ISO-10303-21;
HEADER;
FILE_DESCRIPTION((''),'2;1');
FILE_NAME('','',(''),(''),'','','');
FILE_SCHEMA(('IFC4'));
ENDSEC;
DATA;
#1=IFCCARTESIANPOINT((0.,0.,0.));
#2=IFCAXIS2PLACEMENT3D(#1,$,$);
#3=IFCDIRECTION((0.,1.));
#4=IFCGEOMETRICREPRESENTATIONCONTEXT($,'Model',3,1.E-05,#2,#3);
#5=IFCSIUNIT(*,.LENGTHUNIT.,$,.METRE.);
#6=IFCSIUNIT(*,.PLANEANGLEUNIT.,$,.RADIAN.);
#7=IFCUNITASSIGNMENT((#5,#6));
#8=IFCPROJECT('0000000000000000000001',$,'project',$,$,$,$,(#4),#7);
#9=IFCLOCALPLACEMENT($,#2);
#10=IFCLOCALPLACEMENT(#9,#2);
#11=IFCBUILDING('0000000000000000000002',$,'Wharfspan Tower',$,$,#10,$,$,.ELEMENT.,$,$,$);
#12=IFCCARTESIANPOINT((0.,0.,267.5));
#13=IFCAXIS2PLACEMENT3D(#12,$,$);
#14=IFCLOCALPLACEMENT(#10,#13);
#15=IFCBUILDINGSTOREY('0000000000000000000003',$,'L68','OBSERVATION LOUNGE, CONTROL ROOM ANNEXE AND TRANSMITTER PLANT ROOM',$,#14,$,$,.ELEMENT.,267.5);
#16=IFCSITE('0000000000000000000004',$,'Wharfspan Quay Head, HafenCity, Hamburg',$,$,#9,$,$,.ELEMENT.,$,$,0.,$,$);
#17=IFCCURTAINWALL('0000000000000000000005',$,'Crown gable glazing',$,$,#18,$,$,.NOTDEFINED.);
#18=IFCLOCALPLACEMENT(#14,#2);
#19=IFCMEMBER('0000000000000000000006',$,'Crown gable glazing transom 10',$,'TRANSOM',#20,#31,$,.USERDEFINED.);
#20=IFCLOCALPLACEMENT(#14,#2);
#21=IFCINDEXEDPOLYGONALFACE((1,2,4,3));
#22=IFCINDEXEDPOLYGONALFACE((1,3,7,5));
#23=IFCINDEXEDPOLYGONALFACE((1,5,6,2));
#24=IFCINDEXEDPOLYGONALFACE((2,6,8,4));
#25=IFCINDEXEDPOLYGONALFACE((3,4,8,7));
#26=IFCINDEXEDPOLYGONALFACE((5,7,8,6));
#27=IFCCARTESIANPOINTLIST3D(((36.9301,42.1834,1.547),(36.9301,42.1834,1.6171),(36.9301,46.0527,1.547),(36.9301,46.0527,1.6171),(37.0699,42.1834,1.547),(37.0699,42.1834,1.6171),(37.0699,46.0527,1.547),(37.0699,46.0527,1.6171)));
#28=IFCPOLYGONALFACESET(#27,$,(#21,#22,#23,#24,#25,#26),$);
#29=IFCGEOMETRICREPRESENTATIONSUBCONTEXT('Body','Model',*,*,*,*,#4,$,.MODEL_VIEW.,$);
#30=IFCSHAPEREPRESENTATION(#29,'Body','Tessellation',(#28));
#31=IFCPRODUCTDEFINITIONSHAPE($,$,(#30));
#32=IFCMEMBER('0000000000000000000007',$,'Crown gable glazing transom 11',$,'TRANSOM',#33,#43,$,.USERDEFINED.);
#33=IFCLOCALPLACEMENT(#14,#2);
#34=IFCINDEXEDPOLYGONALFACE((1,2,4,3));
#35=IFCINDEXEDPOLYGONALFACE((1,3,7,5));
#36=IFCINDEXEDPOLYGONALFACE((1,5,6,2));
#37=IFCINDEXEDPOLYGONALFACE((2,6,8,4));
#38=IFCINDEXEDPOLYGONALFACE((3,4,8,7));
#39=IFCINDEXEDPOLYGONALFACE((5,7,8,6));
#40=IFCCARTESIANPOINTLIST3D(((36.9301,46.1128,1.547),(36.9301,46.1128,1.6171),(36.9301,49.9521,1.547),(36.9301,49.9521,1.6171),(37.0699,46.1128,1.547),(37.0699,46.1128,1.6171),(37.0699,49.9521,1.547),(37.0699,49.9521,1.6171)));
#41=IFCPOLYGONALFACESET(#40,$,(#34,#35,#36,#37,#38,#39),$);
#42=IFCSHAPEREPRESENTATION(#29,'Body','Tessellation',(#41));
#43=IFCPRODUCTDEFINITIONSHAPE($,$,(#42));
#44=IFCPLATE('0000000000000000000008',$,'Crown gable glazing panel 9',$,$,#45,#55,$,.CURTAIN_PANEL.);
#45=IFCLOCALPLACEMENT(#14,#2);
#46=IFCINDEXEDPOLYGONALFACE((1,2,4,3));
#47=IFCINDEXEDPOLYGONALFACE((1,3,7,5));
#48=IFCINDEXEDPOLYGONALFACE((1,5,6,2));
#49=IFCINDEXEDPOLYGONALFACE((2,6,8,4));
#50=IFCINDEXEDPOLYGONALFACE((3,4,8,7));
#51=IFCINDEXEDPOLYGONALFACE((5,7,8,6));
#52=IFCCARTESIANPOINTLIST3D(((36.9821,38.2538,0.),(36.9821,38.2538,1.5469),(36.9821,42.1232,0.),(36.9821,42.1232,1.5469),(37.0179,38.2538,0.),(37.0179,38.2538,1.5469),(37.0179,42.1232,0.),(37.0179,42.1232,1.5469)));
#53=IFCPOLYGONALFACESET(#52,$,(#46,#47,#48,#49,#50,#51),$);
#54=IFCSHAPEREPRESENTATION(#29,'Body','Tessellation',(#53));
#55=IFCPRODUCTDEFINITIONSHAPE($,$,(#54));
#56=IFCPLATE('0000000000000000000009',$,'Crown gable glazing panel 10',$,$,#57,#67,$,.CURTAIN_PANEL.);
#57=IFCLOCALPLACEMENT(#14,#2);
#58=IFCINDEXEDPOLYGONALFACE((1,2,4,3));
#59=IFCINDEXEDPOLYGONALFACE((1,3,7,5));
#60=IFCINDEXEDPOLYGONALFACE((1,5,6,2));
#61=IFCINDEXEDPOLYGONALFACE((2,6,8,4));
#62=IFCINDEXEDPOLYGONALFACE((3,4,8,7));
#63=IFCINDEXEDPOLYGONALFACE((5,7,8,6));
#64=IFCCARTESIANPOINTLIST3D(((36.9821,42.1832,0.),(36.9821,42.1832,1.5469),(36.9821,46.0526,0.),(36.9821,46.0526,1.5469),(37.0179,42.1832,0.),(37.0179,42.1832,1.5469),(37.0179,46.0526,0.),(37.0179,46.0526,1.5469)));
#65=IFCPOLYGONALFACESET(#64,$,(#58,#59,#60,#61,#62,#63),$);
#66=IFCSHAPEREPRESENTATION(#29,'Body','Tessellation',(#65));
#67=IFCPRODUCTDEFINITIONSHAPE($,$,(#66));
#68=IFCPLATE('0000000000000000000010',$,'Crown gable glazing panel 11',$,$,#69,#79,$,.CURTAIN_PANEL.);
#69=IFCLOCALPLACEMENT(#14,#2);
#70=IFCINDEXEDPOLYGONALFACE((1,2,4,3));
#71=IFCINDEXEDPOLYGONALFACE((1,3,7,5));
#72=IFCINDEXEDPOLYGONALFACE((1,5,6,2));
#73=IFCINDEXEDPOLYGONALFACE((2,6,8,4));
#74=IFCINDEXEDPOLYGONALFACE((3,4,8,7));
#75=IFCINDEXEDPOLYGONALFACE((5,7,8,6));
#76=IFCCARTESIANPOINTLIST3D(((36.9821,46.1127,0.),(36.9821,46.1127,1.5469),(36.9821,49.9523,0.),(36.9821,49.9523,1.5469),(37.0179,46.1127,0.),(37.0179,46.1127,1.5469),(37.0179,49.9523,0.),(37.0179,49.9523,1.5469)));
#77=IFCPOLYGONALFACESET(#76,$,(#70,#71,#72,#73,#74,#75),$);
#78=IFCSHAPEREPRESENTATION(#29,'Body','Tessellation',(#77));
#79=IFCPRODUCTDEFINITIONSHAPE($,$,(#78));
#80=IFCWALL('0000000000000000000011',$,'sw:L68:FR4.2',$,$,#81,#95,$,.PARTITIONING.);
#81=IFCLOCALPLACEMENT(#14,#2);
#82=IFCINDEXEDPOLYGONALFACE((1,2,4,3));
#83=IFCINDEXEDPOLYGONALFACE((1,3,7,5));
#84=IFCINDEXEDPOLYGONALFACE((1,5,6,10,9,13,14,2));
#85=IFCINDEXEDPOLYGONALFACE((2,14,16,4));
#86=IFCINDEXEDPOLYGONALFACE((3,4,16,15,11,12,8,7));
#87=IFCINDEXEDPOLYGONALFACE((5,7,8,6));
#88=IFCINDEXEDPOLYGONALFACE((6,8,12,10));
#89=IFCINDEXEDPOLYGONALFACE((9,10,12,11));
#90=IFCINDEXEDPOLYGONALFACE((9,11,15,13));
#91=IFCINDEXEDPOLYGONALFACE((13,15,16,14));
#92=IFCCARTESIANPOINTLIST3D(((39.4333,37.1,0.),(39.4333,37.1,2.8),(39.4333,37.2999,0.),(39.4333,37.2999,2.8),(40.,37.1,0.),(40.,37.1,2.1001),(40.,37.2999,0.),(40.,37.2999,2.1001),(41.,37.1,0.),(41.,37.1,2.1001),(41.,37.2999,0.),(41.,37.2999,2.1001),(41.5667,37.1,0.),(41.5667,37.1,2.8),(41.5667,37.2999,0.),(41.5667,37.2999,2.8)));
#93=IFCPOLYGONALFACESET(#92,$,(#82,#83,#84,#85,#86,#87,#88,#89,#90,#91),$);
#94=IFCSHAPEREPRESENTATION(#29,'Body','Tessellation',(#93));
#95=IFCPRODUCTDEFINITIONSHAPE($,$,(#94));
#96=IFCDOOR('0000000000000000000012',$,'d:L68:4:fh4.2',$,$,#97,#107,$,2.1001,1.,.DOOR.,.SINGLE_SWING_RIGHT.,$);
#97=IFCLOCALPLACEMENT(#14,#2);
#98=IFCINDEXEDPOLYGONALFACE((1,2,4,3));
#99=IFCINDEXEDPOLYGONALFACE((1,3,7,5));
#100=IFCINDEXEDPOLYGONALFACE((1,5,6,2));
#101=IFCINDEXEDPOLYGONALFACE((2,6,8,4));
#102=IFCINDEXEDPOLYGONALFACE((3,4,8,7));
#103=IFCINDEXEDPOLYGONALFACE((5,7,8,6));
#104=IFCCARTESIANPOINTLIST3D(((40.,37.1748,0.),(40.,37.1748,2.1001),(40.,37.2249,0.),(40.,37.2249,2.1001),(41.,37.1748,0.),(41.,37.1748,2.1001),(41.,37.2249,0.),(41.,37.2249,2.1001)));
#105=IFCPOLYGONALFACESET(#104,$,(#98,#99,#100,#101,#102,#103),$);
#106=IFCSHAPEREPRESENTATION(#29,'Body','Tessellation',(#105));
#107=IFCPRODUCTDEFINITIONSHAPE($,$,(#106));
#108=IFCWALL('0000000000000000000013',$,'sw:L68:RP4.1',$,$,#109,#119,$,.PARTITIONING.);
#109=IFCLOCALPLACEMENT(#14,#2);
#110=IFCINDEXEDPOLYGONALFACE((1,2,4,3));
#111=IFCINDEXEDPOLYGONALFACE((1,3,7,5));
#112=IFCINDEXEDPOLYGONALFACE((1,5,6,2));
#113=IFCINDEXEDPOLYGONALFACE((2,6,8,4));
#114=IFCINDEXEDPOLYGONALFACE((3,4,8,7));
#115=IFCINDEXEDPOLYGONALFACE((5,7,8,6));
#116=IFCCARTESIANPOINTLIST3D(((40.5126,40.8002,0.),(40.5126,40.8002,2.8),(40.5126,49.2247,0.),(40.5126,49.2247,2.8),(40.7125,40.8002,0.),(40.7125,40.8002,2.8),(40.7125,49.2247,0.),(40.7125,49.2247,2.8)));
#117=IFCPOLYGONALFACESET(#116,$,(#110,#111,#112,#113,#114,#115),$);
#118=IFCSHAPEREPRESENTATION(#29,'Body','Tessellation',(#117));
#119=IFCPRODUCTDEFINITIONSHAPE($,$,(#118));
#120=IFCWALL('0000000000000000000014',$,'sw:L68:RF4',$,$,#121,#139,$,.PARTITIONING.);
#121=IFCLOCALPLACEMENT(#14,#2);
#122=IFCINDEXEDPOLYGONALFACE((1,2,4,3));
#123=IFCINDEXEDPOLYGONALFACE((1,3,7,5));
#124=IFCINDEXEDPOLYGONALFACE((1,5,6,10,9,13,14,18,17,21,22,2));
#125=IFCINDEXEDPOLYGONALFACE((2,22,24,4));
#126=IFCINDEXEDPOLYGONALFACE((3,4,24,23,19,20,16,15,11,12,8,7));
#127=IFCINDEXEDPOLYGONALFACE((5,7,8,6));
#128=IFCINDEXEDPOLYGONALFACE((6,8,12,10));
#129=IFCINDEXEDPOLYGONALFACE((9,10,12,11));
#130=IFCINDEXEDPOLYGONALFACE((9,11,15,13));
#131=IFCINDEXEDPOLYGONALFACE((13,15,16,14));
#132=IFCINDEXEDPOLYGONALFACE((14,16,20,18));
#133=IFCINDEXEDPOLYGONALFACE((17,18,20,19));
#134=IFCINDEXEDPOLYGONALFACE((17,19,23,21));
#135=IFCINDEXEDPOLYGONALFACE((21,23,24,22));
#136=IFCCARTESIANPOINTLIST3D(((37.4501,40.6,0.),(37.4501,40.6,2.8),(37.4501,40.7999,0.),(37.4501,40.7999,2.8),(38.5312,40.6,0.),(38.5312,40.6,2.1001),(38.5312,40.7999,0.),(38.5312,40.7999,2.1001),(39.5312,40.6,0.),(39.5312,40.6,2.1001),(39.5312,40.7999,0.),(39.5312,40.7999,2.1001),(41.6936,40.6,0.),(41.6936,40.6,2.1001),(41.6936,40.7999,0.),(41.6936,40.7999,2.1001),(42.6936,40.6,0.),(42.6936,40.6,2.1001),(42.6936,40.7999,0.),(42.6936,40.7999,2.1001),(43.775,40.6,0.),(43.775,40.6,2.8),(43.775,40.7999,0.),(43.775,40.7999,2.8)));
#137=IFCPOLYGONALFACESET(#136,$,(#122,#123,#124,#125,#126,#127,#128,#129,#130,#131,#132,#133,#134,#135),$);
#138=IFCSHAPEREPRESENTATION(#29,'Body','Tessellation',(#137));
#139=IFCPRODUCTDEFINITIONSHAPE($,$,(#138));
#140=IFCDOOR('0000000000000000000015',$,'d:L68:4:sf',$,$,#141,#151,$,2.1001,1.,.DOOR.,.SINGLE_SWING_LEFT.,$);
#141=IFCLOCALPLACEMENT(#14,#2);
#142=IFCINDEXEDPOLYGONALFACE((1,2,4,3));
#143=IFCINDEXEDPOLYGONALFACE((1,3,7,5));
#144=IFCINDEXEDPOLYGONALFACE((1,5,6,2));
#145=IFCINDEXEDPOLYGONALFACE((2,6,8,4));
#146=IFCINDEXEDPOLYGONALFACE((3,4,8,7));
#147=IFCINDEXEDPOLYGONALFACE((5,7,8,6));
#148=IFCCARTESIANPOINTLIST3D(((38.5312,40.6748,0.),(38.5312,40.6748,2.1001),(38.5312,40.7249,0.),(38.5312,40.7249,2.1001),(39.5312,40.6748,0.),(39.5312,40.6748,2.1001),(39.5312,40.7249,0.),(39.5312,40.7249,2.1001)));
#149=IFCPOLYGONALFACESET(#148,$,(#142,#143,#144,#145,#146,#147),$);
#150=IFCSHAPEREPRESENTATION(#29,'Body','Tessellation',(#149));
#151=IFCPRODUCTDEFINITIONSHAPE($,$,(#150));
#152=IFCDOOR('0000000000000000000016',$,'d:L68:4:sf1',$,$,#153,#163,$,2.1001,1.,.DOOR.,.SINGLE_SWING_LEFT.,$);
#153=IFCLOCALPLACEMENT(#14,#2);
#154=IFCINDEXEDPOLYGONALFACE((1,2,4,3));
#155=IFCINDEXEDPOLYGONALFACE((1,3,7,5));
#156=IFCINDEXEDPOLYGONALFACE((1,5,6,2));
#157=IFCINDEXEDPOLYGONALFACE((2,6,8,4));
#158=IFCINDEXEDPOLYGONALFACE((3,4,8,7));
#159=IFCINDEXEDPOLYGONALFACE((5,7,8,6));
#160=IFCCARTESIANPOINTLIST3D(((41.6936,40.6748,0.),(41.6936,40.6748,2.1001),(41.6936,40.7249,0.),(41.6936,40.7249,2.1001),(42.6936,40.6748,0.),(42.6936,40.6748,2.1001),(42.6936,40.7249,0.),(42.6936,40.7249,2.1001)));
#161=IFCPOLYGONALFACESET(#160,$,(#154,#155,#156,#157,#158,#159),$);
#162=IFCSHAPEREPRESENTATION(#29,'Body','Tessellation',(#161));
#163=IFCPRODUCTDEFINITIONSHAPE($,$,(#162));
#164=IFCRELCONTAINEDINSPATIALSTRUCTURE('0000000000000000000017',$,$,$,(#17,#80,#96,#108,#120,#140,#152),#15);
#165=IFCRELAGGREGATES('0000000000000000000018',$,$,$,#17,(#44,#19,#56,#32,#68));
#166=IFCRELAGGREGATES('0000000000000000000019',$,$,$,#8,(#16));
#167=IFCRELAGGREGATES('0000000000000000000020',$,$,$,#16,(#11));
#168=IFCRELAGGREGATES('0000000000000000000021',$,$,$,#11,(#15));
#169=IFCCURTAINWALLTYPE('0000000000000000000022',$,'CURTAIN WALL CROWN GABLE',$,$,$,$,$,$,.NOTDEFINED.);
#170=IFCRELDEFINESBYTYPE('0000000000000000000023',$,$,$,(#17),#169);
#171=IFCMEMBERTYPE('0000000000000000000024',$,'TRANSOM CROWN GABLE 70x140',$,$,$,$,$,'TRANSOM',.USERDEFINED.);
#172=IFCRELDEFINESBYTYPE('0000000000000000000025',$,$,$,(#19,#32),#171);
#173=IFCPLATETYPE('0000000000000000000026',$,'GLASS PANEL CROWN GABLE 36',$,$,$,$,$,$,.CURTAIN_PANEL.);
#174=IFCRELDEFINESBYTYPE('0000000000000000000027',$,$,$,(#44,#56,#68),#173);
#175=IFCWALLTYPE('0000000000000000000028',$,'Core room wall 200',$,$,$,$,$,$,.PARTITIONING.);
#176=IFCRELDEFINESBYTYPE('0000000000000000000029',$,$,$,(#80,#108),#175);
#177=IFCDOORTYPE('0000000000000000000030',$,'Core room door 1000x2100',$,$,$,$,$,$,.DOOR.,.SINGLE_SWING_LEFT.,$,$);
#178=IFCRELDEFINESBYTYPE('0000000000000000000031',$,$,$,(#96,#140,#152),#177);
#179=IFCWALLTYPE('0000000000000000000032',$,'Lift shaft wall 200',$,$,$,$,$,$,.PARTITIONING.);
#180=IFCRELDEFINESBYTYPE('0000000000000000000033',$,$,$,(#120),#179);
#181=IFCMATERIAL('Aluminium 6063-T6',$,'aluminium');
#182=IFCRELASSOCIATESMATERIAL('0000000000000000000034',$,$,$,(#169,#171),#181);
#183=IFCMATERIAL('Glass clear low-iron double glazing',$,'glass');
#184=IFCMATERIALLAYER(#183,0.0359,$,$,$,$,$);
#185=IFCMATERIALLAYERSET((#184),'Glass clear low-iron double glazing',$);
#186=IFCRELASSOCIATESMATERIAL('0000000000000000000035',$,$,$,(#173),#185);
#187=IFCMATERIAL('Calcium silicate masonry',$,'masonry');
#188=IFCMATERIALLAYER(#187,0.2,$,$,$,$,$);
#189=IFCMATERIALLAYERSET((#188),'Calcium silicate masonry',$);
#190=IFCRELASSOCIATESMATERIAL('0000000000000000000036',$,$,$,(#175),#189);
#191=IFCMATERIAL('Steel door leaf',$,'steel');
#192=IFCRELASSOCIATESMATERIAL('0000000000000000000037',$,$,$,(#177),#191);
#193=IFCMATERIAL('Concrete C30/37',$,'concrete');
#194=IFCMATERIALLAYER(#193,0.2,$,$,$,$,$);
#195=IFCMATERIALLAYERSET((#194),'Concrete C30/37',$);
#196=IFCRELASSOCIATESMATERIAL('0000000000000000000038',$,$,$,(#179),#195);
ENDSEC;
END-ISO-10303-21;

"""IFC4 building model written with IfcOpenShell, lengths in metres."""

from ifc_helpers import new_model, si_unit, direction, frame, frame_2d, origin, origin_2d, place, context, subcontext, project, spatial, rectangle, extrude, material, layer, layer_set, material_profile, profile_set, type_object, element, fill, aggregate, save


model = new_model("IFC4")

# Units and contexts
model_context = context("Model", 3, precision=1e-05, world=origin(), true_north=direction((0.0, 1.0)))
body_context = subcontext(model_context, "Body", "Model", "MODEL_VIEW")
ifc_project = project(units=[si_unit("LENGTHUNIT", "METRE"), si_unit("PLANEANGLEUNIT", "RADIAN")], contexts=[model_context])

# Site, building, storey
site_placement = place(None, origin())
site = spatial("IfcSite", under=ifc_project, at=site_placement, Name="Wharfspan Quay Head, HafenCity, Hamburg", CompositionType="ELEMENT", RefElevation=0.0)
building_placement = place(site_placement, origin())
building = spatial("IfcBuilding", under=site, at=building_placement, Name="Wharfspan Tower", CompositionType="ELEMENT")
storey_placement = place(building_placement, frame((0.0, 0.0, 267.5)))
storey = spatial("IfcBuildingStorey", under=building, at=storey_placement, Name="L68", Description="OBSERVATION LOUNGE, CONTROL ROOM ANNEXE AND TRANSMITTER PLANT ROOM", CompositionType="ELEMENT", Elevation=267.5)

# Curtain wall, members, plates
ifc_material_1 = material(Name="Aluminium 6063-T6", Category="aluminium")
curtain_wall_type = type_object("IfcCurtainWallType", Name="CURTAIN WALL CROWN GABLE", PredefinedType="NOTDEFINED", material=ifc_material_1)
curtain_wall_placement = place(storey_placement, origin())
curtain_wall = element("IfcCurtainWall", 1, at=curtain_wall_placement, inside=storey, type_object=curtain_wall_type, Name="Crown gable glazing", PredefinedType="NOTDEFINED")
ifc_material_profile = material_profile(ifc_material_1, rectangle(XDim=0.1399, YDim=0.0701, at=origin_2d()))
ifc_profile_set = profile_set([ifc_material_profile], Name="Aluminium 6063-T6")
member_type = type_object("IfcMemberType", Name="TRANSOM CROWN GABLE 70x140", ElementType="TRANSOM", PredefinedType="USERDEFINED", material=ifc_profile_set)
member_1_placement = place(storey_placement, frame((37.0, 42.1833, 1.582), z_axis=(0.0, 1.0, 0.0), x_axis=(-1.0, 0.0, 0.0)))
member_1 = element("IfcMember", 2, at=member_1_placement, type_object=member_type, Name="Crown gable glazing transom 10", ObjectType="TRANSOM", PredefinedType="USERDEFINED", context=body_context, shape_type="SweptSolid", body=[
    extrude(rectangle(XDim=0.1399, YDim=0.0701, at=origin_2d()), origin(), (0.0, 0.0, 1.0), 3.8694),
])
member_2_placement = place(storey_placement, frame((37.0, 46.1128, 1.582), z_axis=(0.0, 1.0, 0.0), x_axis=(-1.0, 0.0, 0.0)))
member_2 = element("IfcMember", 3, at=member_2_placement, type_object=member_type, Name="Crown gable glazing transom 11", ObjectType="TRANSOM", PredefinedType="USERDEFINED", context=body_context, shape_type="SweptSolid", body=[
    extrude(rectangle(XDim=0.1399, YDim=0.0701, at=origin_2d()), origin(), (0.0, 0.0, 1.0), 3.8394),
])
ifc_material_2 = material(Name="Glass clear low-iron double glazing", Category="glass")
ifc_layer_1 = layer(ifc_material_2, 0.0359)
ifc_layer_set_1 = layer_set([ifc_layer_1], Name="Glass clear low-iron double glazing")
plate_type = type_object("IfcPlateType", Name="GLASS PANEL CROWN GABLE 36", PredefinedType="CURTAIN_PANEL", material=ifc_layer_set_1)
plate_1_placement = place(storey_placement, frame((37.0, 40.1885, 0.0), z_axis=(0.0, 0.0, 1.0), x_axis=(0.0, 1.0, 0.0)))
plate_1 = element("IfcPlate", 4, at=plate_1_placement, type_object=plate_type, Name="Crown gable glazing panel 9", PredefinedType="CURTAIN_PANEL", context=body_context, shape_type="SweptSolid", body=[
    extrude(rectangle(XDim=3.8694, YDim=0.0359, at=origin_2d()), origin(), (0.0, 0.0, 1.0), 1.5469),
])
plate_2_placement = place(storey_placement, frame((37.0, 44.1179, 0.0), z_axis=(0.0, 0.0, 1.0), x_axis=(0.0, 1.0, 0.0)))
plate_2 = element("IfcPlate", 5, at=plate_2_placement, type_object=plate_type, Name="Crown gable glazing panel 10", PredefinedType="CURTAIN_PANEL", context=body_context, shape_type="SweptSolid", body=[
    extrude(rectangle(XDim=3.8694, YDim=0.0359, at=origin_2d()), origin(), (0.0, 0.0, 1.0), 1.5469),
])
plate_3_placement = place(storey_placement, frame((37.0, 48.0325, 0.0), z_axis=(0.0, 0.0, 1.0), x_axis=(0.0, 1.0, 0.0)))
plate_3 = element("IfcPlate", 6, at=plate_3_placement, type_object=plate_type, Name="Crown gable glazing panel 11", PredefinedType="CURTAIN_PANEL", context=body_context, shape_type="SweptSolid", body=[
    extrude(rectangle(XDim=3.8396, YDim=0.0359, at=origin_2d()), origin(), (0.0, 0.0, 1.0), 1.5469),
])
aggregate(curtain_wall, [plate_1, member_1, plate_2, member_2, plate_3])

# Wall, opening, door
ifc_material_3 = material(Name="Calcium silicate masonry", Category="masonry")
ifc_layer_2 = layer(ifc_material_3, 0.2)
ifc_layer_set_2 = layer_set([ifc_layer_2], Name="Calcium silicate masonry")
wall_type_1 = type_object("IfcWallType", Name="Core room wall 200", PredefinedType="PARTITIONING", material=ifc_layer_set_2)
wall_1_placement = place(storey_placement, frame((39.4333, 37.2, 0.0), z_axis=(0.0, 0.0, 1.0), x_axis=(1.0, 0.0, 0.0)))
wall_1 = element("IfcWall", 7, at=wall_1_placement, inside=storey, type_object=wall_type_1, Name="sw:L68:FR4.2", PredefinedType="PARTITIONING", context=body_context, shape_type="SweptSolid", body=[
    extrude(rectangle(XDim=2.1333, YDim=0.2, at=frame_2d((1.0667, 0.0))), origin(), (0.0, 0.0, 1.0), 2.8),
])
opening_1_placement = place(wall_1_placement, frame((0.5666, 0.0, 0.0)))
opening_1 = element("IfcOpeningElement", 8, at=opening_1_placement, cuts=wall_1, PredefinedType="OPENING", context=body_context, shape_type="SweptSolid", body=[
    extrude(rectangle(XDim=1.0, YDim=2.1001, at=frame_2d((0.5, 1.05))), frame((0.0, 0.1099, 0.0), z_axis=(0.0, -1.0, 0.0), x_axis=(1.0, 0.0, 0.0)), (0.0, 0.0, 1.0), 0.22),
])
ifc_material_4 = material(Name="Steel door leaf", Category="steel")
door_type_1 = type_object("IfcDoorType", Name="Core room door 1000x2100", OperationType="SINGLE_SWING_LEFT", PredefinedType="DOOR", material=ifc_material_4)
door_1_placement = place(opening_1_placement, origin())
door_1 = element("IfcDoor", 9, at=door_1_placement, inside=storey, type_object=door_type_1, Name="d:L68:4:fh4.2", OperationType="SINGLE_SWING_RIGHT", OverallHeight=2.1001, OverallWidth=1.0, PredefinedType="DOOR", context=body_context, shape_type="SweptSolid", body=[
    extrude(rectangle(XDim=1.0, YDim=2.1001, at=frame_2d((0.5, 1.05))), frame((0.0, 0.0249, 0.0), z_axis=(0.0, -1.0, 0.0), x_axis=(1.0, 0.0, 0.0)), (0.0, 0.0, 1.0), 0.05),
])
fill(opening_1, door_1)

# Wall
wall_2_placement = place(storey_placement, frame((40.6125, 40.8, 0.0), z_axis=(0.0, 0.0, 1.0), x_axis=(0.0, 1.0, 0.0)))
element("IfcWall", 10, at=wall_2_placement, inside=storey, type_object=wall_type_1, Name="sw:L68:RP4.1", PredefinedType="PARTITIONING", context=body_context, shape_type="SweptSolid", body=[
    extrude(rectangle(XDim=8.4246, YDim=0.2, at=frame_2d((4.2124, 0.0))), origin(), (0.0, 0.0, 1.0), 2.8),
])

# Wall, openings, doors
ifc_material_5 = material(Name="Concrete C30/37", Category="concrete")
ifc_layer_3 = layer(ifc_material_5, 0.2)
ifc_layer_set_3 = layer_set([ifc_layer_3], Name="Concrete C30/37")
wall_type_2 = type_object("IfcWallType", Name="Lift shaft wall 200", PredefinedType="PARTITIONING", material=ifc_layer_set_3)
wall_3_placement = place(storey_placement, frame((37.45, 40.7, 0.0), z_axis=(0.0, 0.0, 1.0), x_axis=(1.0, 0.0, 0.0)))
wall_3 = element("IfcWall", 11, at=wall_3_placement, inside=storey, type_object=wall_type_2, Name="sw:L68:RF4", PredefinedType="PARTITIONING", context=body_context, shape_type="SweptSolid", body=[
    extrude(rectangle(XDim=6.325, YDim=0.2, at=frame_2d((3.1626, 0.0))), origin(), (0.0, 0.0, 1.0), 2.8),
])
opening_2_placement = place(wall_3_placement, frame((1.0813, 0.0, 0.0)))
opening_2 = element("IfcOpeningElement", 12, at=opening_2_placement, cuts=wall_3, PredefinedType="OPENING", context=body_context, shape_type="SweptSolid", body=[
    extrude(rectangle(XDim=1.0, YDim=2.1001, at=frame_2d((0.5, 1.05))), frame((0.0, 0.1099, 0.0), z_axis=(0.0, -1.0, 0.0), x_axis=(1.0, 0.0, 0.0)), (0.0, 0.0, 1.0), 0.22),
])
opening_3_placement = place(wall_3_placement, frame((4.2437, 0.0, 0.0)))
opening_3 = element("IfcOpeningElement", 13, at=opening_3_placement, cuts=wall_3, PredefinedType="OPENING", context=body_context, shape_type="SweptSolid", body=[
    extrude(rectangle(XDim=1.0, YDim=2.1001, at=frame_2d((0.5, 1.05))), frame((0.0, 0.1099, 0.0), z_axis=(0.0, -1.0, 0.0), x_axis=(1.0, 0.0, 0.0)), (0.0, 0.0, 1.0), 0.22),
])
door_2_placement = place(opening_2_placement, origin())
door_2 = element("IfcDoor", 14, at=door_2_placement, inside=storey, type_object=door_type_1, Name="d:L68:4:sf", OperationType="SINGLE_SWING_LEFT", OverallHeight=2.1001, OverallWidth=1.0, PredefinedType="DOOR", context=body_context, shape_type="SweptSolid", body=[
    extrude(rectangle(XDim=1.0, YDim=2.1001, at=frame_2d((0.5, 1.05))), frame((0.0, 0.0249, 0.0), z_axis=(0.0, -1.0, 0.0), x_axis=(1.0, 0.0, 0.0)), (0.0, 0.0, 1.0), 0.05),
])
fill(opening_2, door_2)
door_3_placement = place(opening_3_placement, origin())
door_3 = element("IfcDoor", 15, at=door_3_placement, inside=storey, type_object=door_type_1, Name="d:L68:4:sf1", OperationType="SINGLE_SWING_LEFT", OverallHeight=2.1001, OverallWidth=1.0, PredefinedType="DOOR", context=body_context, shape_type="SweptSolid", body=[
    extrude(rectangle(XDim=1.0, YDim=2.1001, at=frame_2d((0.5, 1.05))), frame((0.0, 0.0249, 0.0), z_axis=(0.0, -1.0, 0.0), x_axis=(1.0, 0.0, 0.0)), (0.0, 0.0, 1.0), 0.05),
])
fill(opening_3, door_3)

save(model, "model.ifc")
